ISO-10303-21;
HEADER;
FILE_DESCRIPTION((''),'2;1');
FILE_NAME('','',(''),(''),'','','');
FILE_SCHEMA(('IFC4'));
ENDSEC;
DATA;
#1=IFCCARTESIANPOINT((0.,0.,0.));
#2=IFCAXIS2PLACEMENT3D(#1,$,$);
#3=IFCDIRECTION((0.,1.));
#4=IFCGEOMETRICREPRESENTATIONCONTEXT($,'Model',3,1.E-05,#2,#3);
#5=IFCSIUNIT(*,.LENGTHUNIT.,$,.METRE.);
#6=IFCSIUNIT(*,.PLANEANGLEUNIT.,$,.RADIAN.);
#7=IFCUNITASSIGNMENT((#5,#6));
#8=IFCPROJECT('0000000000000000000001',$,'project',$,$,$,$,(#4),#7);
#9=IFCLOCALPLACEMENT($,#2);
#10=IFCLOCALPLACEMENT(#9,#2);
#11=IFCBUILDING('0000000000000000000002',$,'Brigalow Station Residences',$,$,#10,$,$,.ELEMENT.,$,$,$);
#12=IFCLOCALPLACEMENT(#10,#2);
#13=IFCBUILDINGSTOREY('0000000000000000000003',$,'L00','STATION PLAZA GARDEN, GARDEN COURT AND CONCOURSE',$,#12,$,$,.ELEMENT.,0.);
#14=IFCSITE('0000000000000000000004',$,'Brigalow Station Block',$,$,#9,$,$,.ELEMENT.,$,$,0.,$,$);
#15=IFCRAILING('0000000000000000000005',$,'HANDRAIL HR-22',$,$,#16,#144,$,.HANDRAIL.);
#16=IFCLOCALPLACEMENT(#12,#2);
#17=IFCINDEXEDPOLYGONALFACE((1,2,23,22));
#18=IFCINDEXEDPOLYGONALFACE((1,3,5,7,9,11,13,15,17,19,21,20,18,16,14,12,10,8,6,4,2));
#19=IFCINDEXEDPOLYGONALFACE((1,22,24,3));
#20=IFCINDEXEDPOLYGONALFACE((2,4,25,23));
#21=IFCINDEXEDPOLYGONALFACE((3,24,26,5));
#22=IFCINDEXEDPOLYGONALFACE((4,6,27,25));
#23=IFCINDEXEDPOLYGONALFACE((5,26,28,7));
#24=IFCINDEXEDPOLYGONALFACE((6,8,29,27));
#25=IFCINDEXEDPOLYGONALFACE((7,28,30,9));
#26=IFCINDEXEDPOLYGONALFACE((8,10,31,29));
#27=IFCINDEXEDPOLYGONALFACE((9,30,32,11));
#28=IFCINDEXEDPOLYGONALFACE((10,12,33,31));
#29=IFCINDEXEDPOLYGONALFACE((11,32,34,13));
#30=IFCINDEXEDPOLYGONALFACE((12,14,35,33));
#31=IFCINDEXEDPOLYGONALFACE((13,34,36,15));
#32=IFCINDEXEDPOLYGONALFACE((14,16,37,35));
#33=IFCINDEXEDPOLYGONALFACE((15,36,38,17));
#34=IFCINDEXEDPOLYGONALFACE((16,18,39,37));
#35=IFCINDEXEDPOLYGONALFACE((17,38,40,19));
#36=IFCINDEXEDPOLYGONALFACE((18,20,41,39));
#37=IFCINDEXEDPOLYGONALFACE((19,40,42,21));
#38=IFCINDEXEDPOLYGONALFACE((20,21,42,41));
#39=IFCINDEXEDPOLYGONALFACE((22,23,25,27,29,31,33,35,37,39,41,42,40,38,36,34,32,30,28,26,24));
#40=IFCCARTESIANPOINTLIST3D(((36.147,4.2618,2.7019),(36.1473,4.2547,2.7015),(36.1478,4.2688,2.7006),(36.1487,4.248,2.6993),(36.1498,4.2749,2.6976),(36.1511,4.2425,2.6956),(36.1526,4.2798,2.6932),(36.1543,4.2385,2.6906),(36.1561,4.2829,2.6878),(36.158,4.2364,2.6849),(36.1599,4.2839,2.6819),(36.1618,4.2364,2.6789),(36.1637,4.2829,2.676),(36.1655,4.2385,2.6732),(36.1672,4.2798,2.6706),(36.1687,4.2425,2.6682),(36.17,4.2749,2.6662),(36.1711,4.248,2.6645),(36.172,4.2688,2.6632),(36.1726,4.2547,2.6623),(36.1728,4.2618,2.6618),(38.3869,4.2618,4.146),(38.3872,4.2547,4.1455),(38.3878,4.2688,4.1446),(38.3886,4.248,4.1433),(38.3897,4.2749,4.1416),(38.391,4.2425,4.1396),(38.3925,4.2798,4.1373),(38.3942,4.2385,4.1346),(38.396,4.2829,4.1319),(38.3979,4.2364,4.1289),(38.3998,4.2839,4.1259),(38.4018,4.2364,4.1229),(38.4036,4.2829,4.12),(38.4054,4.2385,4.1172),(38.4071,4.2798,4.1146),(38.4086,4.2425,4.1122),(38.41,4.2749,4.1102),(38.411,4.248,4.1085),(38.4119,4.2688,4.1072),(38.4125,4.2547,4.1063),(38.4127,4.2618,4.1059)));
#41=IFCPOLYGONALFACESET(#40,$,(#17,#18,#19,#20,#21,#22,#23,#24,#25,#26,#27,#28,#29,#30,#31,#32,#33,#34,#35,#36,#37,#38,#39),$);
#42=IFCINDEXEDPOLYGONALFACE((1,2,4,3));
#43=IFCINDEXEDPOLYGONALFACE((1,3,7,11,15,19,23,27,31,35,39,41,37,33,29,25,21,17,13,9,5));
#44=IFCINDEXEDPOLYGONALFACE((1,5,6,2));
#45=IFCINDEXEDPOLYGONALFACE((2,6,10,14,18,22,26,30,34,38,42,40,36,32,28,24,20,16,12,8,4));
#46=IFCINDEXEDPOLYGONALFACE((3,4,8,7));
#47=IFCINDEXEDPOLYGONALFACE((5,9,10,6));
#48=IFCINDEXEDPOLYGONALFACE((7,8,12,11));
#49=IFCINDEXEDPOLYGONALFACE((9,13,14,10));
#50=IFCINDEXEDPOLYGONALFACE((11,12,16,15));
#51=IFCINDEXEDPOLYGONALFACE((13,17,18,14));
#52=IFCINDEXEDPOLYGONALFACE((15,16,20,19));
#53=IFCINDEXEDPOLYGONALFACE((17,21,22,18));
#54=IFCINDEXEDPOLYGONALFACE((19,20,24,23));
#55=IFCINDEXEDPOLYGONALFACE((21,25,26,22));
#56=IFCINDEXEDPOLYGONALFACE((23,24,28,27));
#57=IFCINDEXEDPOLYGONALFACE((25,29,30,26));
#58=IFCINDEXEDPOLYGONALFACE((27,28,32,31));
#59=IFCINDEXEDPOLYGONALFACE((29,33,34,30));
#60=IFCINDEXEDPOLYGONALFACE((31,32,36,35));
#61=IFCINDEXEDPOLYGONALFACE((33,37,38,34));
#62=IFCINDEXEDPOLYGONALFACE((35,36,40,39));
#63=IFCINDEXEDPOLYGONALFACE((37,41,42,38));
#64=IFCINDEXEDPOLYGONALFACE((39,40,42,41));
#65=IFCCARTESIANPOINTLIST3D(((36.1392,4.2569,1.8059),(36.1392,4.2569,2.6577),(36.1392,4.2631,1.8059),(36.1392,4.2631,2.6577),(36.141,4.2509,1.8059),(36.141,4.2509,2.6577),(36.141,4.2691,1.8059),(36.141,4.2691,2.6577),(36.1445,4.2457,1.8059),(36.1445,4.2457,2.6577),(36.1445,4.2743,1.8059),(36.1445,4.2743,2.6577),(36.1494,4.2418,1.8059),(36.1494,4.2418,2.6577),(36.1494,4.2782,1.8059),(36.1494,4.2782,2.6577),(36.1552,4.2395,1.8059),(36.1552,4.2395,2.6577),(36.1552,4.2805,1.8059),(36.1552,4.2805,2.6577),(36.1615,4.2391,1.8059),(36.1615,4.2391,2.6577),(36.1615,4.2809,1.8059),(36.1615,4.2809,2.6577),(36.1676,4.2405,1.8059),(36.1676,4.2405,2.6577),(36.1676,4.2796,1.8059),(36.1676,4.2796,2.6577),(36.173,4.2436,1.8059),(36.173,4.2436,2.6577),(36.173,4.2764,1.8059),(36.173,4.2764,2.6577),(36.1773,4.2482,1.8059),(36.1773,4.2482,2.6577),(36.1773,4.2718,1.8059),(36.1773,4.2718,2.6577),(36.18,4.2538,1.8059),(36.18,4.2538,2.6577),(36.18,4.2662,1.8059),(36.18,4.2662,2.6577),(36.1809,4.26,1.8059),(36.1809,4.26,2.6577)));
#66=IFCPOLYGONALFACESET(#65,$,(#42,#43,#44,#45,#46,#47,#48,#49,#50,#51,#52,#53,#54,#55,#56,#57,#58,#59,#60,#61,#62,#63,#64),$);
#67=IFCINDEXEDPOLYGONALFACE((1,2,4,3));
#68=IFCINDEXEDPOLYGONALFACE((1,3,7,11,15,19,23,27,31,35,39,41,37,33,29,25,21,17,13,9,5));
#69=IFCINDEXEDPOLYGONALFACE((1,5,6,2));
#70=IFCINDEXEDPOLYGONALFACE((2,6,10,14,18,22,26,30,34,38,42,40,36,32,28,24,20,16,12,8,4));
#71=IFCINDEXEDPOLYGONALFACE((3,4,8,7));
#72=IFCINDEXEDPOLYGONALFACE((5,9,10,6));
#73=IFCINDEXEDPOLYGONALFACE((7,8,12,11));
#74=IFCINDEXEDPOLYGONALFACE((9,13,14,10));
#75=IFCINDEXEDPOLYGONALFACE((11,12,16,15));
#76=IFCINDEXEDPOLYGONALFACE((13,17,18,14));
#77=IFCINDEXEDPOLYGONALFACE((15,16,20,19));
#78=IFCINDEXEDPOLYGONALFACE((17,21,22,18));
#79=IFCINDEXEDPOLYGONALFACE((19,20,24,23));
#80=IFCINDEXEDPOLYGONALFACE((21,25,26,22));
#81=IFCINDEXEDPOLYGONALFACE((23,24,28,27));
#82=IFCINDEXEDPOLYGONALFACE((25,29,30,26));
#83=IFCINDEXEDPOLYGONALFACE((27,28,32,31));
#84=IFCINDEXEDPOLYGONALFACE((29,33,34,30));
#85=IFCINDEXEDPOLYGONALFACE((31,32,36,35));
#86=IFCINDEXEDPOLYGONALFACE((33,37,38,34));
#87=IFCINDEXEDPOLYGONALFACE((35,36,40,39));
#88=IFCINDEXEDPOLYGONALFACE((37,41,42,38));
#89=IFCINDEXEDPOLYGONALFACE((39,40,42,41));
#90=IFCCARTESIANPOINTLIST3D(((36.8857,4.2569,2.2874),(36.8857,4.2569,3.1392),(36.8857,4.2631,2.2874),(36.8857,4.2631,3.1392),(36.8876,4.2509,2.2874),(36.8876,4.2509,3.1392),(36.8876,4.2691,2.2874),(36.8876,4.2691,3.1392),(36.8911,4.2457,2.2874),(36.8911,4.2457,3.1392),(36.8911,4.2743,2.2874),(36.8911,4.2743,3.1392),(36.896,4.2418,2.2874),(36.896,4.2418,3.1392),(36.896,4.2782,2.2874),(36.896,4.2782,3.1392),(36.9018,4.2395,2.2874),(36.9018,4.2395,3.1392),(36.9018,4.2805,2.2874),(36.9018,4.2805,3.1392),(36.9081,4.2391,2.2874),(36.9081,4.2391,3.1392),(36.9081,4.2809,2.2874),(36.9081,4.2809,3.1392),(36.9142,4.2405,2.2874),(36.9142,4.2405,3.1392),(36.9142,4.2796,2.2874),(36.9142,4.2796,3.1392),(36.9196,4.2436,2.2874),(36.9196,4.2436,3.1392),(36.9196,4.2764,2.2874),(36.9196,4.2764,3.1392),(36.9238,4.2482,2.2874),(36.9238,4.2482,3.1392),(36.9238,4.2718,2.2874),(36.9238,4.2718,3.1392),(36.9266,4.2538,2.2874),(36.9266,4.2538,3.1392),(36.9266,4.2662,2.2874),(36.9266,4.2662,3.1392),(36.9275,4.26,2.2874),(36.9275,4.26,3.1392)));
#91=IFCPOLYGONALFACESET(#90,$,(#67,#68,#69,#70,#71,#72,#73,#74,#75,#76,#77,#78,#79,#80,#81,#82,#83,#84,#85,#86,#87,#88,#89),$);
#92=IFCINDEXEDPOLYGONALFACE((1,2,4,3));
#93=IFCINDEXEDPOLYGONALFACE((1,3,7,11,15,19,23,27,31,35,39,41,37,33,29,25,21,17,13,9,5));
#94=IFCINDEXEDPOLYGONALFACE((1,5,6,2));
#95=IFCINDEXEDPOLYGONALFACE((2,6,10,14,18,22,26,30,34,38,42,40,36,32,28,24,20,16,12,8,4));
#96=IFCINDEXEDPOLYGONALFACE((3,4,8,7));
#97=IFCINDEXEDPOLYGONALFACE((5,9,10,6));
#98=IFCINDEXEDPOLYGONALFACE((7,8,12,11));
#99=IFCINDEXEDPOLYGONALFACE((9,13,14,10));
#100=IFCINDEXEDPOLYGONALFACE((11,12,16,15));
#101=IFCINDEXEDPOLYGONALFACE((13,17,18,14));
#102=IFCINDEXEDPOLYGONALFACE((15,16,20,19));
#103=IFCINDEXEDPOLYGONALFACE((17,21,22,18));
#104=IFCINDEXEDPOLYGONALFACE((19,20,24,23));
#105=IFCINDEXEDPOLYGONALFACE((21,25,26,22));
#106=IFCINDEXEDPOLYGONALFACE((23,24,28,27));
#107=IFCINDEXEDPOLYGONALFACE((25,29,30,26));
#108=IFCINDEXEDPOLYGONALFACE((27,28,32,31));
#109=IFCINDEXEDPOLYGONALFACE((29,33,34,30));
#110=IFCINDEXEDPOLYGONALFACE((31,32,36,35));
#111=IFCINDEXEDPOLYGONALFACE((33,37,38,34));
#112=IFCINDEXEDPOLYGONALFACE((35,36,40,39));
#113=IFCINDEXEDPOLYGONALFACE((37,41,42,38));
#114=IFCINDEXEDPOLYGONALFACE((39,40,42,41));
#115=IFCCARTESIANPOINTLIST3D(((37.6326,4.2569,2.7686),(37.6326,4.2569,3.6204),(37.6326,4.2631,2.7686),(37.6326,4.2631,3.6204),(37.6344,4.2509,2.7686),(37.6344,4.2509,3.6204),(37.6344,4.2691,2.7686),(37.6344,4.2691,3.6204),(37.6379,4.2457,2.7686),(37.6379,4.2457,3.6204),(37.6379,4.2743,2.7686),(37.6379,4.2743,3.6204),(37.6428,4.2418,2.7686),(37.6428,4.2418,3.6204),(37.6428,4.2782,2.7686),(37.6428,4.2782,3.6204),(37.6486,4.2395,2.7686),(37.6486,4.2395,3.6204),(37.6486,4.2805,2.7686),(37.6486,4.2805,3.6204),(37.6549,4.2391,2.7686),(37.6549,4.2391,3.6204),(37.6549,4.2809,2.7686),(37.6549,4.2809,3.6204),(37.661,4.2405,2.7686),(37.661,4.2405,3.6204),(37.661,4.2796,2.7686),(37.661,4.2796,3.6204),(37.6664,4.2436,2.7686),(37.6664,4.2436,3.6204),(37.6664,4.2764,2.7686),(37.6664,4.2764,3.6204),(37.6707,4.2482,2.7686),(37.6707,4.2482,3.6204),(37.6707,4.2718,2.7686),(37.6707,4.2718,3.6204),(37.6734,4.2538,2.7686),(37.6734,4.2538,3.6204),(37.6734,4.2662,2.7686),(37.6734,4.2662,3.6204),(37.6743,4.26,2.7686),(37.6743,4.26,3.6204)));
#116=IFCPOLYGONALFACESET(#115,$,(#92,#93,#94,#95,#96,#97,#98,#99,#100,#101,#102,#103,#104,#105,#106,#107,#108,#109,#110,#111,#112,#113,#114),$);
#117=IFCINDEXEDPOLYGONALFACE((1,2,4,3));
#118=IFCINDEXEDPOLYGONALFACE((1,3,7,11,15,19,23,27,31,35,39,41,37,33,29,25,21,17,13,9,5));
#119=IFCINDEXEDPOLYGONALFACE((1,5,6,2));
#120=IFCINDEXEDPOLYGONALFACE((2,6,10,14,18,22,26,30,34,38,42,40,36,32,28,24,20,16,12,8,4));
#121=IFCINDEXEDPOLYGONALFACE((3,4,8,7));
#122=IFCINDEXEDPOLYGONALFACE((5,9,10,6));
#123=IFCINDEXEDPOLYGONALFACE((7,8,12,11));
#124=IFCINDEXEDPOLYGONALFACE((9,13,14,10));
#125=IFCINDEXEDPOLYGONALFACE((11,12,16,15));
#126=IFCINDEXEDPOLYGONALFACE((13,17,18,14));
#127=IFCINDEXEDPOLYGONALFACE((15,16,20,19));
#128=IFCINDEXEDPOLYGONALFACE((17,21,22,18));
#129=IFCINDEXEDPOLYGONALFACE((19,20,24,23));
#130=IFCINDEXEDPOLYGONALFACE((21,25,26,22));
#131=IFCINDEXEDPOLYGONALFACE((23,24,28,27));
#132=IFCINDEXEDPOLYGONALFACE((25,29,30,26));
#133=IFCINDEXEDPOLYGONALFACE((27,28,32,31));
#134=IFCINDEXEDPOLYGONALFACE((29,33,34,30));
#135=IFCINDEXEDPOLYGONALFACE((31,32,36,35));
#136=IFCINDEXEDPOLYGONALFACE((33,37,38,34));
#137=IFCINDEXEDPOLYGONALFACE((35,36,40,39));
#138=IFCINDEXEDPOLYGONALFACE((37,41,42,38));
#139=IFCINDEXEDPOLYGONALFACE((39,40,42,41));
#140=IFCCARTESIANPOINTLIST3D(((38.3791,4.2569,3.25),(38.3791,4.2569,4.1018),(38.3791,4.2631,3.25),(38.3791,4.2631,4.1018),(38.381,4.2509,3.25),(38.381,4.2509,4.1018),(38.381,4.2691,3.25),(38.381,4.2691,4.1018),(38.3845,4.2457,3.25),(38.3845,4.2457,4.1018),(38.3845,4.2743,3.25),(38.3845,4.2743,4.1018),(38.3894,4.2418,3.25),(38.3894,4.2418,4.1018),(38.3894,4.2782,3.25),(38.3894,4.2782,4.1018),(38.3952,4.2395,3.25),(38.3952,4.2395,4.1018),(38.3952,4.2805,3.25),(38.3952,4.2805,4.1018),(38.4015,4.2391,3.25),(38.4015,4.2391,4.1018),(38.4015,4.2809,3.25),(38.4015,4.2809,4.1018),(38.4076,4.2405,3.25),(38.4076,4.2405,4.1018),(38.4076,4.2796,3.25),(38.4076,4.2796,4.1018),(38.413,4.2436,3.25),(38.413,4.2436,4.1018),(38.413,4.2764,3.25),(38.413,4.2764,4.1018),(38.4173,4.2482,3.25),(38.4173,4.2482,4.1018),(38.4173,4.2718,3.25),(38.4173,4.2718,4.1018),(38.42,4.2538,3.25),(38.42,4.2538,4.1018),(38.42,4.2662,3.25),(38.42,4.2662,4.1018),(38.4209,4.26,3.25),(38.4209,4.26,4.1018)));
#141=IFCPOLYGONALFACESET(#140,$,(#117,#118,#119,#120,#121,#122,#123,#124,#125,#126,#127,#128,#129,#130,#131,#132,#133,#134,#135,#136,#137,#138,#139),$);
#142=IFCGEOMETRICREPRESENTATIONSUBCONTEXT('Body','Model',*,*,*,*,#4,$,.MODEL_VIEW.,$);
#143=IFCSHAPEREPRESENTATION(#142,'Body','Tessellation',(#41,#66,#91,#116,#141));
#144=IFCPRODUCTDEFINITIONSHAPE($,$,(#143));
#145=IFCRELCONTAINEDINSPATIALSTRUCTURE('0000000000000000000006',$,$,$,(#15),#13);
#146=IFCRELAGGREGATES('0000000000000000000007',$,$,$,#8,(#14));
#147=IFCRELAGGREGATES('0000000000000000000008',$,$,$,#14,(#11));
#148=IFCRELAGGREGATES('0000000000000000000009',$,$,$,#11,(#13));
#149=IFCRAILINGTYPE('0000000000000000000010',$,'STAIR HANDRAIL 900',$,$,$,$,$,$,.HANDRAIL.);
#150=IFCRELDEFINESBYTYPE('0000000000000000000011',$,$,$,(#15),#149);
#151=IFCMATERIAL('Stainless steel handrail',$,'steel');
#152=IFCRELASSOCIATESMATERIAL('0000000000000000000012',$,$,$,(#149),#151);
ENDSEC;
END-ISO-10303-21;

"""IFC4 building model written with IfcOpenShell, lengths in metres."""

from ifc_helpers import new_model, si_unit, direction, frame, origin, origin_2d, place, context, subcontext, project, spatial, circle, extrude, material, type_object, element, save


model = new_model("IFC4")

# Units and contexts
model_context = context("Model", 3, precision=1e-05, world=origin(), true_north=direction((0.0, 1.0)))
body_context = subcontext(model_context, "Body", "Model", "MODEL_VIEW")
ifc_project = project(units=[si_unit("LENGTHUNIT", "METRE"), si_unit("PLANEANGLEUNIT", "RADIAN")], contexts=[model_context])

# Site, building, storey
site_placement = place(None, origin())
site = spatial("IfcSite", under=ifc_project, at=site_placement, Name="Brigalow Station Block", CompositionType="ELEMENT", RefElevation=0.0)
building_placement = place(site_placement, origin())
building = spatial("IfcBuilding", under=site, at=building_placement, Name="Brigalow Station Residences", CompositionType="ELEMENT")
storey_placement = place(building_placement, origin())
storey = spatial("IfcBuildingStorey", under=building, at=storey_placement, Name="L00", Description="STATION PLAZA GARDEN, GARDEN COURT AND CONCOURSE", CompositionType="ELEMENT", Elevation=0.0)

# Railing
ifc_material_1 = material(Name="Stainless steel handrail", Category="steel")
railing_type_1 = type_object("IfcRailingType", Name="STAIR HANDRAIL 900", PredefinedType="HANDRAIL", material=ifc_material_1)
railing_1_placement = place(storey_placement, frame((36.1599, 4.26, 1.8059)))
element("IfcRailing", 1, at=railing_1_placement, inside=storey, type_object=railing_type_1, Name="HANDRAIL HR-22", PredefinedType="HANDRAIL", context=body_context, shape_type="SweptSolid", body=[
    extrude(circle(Radius=0.0239, at=origin_2d()), frame((0.0, 0.0, 0.876), z_axis=(0.840478, 0.0, 0.541845), x_axis=(0.0, 1.0, 0.0)), (0.0, 0.0, 1.0), 2.665),
    extrude(circle(Radius=0.021, at=origin_2d()), origin(), (0.0, 0.0, 1.0), 0.8518),
    extrude(circle(Radius=0.021, at=origin_2d()), frame((0.7466, 0.0, 0.4814)), (0.0, 0.0, 1.0), 0.8518),
    extrude(circle(Radius=0.021, at=origin_2d()), frame((1.4934, 0.0, 0.9626)), (0.0, 0.0, 1.0), 0.8518),
    extrude(circle(Radius=0.021, at=origin_2d()), frame((2.24, 0.0, 1.4441)), (0.0, 0.0, 1.0), 0.8518),
])

save(model, "model.ifc")
